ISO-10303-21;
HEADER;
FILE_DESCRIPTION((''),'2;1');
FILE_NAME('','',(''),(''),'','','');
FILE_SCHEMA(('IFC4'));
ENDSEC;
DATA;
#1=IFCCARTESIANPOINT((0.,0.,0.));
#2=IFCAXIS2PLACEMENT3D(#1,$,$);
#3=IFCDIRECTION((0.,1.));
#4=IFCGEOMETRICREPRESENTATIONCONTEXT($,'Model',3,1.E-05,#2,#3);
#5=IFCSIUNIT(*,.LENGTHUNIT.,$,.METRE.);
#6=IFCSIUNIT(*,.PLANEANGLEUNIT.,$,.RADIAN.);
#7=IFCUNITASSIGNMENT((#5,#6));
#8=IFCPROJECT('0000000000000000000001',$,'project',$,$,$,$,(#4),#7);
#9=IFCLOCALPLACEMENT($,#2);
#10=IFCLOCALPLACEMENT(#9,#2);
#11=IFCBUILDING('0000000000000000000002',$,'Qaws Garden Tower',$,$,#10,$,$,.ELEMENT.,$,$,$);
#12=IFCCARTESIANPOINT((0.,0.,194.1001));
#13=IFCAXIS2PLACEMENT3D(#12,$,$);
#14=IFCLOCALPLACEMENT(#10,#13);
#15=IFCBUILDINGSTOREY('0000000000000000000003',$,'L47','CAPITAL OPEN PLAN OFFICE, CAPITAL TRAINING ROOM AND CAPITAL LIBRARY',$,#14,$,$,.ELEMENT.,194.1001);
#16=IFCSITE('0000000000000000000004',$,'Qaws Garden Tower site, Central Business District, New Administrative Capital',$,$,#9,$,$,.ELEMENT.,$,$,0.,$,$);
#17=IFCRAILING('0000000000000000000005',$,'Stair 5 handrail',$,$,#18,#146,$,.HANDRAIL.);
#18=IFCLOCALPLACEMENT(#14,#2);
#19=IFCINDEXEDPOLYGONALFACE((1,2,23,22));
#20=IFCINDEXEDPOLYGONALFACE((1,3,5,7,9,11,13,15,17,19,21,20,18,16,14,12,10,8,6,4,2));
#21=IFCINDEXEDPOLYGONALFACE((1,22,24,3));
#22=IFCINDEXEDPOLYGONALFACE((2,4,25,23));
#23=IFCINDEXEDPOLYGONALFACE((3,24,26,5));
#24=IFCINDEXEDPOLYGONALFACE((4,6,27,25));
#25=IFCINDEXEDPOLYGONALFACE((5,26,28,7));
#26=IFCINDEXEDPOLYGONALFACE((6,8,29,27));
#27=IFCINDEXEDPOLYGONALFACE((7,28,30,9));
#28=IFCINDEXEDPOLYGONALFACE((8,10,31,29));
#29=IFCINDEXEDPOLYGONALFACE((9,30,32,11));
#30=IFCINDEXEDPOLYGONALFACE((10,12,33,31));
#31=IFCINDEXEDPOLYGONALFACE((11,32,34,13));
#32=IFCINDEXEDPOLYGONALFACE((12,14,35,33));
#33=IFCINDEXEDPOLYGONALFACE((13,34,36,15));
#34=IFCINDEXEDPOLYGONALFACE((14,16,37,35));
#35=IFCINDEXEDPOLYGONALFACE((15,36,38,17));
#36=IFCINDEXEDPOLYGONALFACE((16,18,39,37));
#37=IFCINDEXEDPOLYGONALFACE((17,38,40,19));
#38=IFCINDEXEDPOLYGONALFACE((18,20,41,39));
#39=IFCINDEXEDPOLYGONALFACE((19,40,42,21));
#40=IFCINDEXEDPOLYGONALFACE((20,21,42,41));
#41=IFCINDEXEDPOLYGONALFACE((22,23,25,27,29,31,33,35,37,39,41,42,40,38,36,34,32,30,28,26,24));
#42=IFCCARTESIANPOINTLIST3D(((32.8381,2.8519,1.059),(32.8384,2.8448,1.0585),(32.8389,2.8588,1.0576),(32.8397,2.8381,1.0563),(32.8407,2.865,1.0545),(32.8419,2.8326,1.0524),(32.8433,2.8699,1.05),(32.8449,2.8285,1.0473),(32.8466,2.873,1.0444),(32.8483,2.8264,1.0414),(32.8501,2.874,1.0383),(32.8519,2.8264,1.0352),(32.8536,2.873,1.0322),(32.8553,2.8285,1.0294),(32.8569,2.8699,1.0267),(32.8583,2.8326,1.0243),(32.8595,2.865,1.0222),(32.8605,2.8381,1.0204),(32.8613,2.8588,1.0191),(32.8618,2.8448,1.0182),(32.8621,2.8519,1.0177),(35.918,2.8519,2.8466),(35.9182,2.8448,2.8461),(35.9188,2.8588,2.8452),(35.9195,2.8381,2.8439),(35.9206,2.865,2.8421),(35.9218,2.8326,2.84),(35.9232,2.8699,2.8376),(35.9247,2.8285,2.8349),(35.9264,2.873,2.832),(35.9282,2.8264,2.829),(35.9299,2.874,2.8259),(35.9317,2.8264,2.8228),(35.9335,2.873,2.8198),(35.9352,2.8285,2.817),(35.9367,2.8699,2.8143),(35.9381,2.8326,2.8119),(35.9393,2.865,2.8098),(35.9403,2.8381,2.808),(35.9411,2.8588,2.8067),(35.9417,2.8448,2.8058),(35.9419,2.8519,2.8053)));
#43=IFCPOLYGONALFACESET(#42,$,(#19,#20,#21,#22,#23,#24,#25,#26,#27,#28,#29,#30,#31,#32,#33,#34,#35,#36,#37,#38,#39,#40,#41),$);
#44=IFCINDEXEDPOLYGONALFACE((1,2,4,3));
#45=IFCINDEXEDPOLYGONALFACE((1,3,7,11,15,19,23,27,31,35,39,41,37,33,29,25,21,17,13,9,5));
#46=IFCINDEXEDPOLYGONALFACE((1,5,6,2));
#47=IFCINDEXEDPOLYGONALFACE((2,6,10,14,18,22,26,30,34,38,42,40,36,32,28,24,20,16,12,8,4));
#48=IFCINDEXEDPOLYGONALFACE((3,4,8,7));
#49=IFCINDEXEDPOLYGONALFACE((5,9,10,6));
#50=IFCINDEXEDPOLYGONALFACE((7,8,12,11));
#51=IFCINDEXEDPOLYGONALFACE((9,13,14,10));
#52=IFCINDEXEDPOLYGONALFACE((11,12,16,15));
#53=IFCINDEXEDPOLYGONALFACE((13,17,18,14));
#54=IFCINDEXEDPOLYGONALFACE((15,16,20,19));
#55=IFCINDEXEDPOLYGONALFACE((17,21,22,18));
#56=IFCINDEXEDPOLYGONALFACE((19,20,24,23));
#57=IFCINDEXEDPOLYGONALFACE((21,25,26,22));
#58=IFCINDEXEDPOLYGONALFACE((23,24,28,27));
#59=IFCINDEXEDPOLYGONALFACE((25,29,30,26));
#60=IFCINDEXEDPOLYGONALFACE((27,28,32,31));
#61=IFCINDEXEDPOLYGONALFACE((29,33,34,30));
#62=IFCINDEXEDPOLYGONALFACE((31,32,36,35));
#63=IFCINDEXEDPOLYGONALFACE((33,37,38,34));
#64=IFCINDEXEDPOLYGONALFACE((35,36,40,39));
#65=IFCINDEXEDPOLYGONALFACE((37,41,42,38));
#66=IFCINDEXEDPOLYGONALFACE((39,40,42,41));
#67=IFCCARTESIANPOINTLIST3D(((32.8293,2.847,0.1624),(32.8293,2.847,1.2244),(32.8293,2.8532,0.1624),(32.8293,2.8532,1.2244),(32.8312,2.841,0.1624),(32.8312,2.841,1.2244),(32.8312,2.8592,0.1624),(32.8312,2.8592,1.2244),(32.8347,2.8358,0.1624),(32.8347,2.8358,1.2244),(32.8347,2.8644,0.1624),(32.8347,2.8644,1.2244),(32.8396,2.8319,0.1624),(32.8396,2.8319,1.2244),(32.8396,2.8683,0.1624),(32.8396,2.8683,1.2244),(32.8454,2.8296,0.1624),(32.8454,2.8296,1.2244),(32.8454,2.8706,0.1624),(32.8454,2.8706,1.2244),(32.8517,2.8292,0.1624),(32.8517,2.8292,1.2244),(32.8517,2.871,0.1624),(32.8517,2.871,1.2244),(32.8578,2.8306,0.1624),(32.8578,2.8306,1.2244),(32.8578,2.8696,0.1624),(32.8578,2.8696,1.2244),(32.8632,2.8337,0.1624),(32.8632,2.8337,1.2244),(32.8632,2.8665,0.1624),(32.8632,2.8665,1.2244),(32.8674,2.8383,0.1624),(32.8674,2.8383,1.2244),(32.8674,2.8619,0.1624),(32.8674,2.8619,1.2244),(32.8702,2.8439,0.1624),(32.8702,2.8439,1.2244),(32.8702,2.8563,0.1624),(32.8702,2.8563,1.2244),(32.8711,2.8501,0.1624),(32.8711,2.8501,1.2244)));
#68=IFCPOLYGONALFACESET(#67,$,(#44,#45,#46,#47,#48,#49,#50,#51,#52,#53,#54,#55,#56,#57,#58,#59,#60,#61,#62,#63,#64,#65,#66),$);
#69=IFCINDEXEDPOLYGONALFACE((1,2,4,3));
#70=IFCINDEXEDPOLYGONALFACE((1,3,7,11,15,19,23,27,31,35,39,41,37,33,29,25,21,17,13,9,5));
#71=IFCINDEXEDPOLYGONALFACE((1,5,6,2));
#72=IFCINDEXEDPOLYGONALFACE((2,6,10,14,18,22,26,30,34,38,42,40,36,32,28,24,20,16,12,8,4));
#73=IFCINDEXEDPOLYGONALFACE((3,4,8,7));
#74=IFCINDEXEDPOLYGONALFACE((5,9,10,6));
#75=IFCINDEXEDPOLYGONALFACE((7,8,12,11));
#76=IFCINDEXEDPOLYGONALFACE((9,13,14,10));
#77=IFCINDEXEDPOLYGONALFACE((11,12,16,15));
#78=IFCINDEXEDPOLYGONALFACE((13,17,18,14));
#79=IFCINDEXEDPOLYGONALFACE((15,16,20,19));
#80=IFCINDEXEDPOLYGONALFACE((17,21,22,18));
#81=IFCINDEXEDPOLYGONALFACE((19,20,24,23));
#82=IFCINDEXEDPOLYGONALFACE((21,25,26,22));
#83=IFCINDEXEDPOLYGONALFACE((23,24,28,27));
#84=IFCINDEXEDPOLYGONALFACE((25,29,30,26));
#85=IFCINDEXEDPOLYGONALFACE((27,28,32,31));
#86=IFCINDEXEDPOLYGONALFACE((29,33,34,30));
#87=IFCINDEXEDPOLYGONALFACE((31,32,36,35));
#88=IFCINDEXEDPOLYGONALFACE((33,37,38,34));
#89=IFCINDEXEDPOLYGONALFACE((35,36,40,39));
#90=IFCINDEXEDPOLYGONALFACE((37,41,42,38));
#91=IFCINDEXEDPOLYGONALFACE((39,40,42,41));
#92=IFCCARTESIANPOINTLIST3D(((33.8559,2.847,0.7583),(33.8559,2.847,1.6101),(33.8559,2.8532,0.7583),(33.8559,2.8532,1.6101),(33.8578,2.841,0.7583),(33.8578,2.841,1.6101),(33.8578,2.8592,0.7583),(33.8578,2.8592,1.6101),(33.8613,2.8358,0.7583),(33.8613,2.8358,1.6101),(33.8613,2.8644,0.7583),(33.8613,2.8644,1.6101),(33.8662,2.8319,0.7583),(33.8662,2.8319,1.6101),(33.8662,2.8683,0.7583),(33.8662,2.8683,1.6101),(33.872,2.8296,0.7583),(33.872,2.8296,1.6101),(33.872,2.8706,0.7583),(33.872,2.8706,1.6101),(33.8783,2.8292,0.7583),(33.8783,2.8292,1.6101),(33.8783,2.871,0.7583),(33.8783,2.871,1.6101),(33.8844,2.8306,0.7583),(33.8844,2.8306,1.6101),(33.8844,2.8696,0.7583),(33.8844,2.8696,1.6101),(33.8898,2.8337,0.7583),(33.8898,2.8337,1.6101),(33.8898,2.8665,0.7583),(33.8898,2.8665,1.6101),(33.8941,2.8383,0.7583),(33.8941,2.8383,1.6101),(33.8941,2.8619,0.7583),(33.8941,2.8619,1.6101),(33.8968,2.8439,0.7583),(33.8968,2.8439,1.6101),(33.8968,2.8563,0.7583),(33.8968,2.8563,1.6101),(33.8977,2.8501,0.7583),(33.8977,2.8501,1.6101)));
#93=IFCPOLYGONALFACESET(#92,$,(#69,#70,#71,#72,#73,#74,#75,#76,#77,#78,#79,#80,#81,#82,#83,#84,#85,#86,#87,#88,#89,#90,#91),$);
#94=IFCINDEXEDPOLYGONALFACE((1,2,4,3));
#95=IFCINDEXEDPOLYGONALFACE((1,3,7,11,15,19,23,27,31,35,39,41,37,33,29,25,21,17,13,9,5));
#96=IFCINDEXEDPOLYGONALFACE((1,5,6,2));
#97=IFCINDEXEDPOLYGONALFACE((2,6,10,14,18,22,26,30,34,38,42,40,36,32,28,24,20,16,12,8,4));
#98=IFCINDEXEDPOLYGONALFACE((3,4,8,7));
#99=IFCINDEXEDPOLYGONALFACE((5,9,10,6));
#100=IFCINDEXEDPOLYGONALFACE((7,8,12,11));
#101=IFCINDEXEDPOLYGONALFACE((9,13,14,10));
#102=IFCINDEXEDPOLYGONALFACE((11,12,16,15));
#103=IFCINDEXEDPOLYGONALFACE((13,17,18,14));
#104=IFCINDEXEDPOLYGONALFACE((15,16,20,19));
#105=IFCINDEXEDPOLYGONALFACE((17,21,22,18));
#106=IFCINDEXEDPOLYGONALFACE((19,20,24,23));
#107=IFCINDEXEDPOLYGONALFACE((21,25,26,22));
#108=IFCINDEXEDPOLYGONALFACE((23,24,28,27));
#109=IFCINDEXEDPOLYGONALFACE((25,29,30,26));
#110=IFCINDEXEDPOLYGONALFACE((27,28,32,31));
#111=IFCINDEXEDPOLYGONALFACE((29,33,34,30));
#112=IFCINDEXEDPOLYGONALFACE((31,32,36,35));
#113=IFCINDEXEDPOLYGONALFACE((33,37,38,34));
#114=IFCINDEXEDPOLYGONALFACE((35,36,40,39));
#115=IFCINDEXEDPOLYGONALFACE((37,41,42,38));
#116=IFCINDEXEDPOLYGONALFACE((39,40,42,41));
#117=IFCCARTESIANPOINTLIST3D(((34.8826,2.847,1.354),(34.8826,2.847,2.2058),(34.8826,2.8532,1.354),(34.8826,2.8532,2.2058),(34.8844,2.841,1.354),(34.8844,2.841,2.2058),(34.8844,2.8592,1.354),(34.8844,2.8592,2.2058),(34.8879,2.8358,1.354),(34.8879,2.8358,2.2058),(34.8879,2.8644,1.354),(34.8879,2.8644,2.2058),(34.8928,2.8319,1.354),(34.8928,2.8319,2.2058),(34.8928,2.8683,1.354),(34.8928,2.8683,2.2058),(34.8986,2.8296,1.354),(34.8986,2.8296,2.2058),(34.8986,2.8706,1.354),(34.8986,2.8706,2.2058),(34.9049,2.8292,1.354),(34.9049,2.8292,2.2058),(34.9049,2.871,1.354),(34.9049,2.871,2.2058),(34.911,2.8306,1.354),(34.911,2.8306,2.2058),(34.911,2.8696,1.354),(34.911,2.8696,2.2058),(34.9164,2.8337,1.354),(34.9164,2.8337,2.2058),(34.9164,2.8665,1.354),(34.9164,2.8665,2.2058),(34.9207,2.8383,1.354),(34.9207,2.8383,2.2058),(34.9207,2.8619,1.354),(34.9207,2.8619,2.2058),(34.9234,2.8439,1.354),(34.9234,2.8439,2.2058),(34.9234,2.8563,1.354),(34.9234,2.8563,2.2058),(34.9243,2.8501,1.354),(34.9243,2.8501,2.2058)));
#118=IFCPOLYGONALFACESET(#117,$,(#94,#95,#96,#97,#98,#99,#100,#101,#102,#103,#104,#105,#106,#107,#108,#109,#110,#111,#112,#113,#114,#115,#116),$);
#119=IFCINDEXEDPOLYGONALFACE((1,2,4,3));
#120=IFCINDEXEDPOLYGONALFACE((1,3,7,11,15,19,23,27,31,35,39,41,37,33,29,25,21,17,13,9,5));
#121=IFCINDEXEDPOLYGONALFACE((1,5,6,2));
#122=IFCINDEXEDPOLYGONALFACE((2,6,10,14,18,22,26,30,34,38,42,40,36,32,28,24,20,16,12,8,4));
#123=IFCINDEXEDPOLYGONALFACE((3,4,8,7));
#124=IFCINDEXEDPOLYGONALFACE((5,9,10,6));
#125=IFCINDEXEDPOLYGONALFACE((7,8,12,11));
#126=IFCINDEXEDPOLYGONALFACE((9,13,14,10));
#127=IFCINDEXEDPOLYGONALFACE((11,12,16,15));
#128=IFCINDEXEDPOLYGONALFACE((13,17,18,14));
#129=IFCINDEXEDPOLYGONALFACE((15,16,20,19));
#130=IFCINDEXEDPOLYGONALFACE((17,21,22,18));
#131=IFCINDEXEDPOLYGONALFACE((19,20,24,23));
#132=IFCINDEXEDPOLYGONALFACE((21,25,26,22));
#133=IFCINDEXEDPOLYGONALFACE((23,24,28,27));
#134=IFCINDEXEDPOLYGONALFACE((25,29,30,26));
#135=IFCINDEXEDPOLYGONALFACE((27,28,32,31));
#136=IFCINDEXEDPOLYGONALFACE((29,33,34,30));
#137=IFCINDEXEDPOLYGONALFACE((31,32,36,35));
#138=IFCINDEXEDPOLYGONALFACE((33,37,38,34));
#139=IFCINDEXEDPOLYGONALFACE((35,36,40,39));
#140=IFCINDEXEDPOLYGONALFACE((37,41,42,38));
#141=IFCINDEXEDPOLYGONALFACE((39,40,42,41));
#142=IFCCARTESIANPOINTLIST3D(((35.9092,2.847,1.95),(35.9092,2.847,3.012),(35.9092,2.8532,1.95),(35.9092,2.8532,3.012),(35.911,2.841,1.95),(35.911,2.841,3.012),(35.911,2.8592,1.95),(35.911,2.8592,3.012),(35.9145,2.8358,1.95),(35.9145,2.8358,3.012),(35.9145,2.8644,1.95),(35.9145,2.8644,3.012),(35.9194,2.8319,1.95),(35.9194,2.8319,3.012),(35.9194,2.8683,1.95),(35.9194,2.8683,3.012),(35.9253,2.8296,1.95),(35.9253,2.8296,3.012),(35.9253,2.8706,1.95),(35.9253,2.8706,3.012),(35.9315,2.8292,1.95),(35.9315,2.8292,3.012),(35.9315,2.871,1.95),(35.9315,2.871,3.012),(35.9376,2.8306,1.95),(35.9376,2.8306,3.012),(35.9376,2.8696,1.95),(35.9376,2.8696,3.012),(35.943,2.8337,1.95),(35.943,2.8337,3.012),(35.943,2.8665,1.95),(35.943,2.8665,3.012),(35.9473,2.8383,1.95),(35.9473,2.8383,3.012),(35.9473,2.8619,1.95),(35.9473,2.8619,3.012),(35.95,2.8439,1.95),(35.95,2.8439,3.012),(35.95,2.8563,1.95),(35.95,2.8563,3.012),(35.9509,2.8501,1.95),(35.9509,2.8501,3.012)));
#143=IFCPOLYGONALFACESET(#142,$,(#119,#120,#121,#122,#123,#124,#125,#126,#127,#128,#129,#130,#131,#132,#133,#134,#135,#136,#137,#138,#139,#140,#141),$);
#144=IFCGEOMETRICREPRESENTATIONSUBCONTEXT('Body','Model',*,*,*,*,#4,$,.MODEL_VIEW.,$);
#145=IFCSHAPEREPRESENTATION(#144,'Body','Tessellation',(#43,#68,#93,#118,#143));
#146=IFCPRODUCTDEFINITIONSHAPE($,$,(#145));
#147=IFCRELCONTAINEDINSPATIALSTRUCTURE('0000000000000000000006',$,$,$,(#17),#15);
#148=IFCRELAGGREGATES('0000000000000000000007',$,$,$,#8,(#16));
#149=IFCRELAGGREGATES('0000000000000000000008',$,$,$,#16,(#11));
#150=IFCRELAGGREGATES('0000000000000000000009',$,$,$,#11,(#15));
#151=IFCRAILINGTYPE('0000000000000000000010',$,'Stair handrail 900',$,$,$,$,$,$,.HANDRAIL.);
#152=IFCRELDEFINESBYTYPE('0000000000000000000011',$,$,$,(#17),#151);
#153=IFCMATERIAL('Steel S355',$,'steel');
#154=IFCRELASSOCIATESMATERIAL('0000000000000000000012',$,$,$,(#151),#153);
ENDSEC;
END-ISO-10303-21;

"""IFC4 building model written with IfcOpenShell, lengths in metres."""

from ifc_helpers import new_model, si_unit, direction, frame, origin, origin_2d, place, context, subcontext, project, spatial, circle, extrude, material, type_object, element, save


model = new_model("IFC4")

# Units and contexts
model_context = context("Model", 3, precision=1e-05, world=origin(), true_north=direction((0.0, 1.0)))
body_context = subcontext(model_context, "Body", "Model", "MODEL_VIEW")
ifc_project = project(units=[si_unit("LENGTHUNIT", "METRE"), si_unit("PLANEANGLEUNIT", "RADIAN")], contexts=[model_context])

# Site, building, storey
site_placement = place(None, origin())
site = spatial("IfcSite", under=ifc_project, at=site_placement, Name="Qaws Garden Tower site, Central Business District, New Administrative Capital", CompositionType="ELEMENT", RefElevation=0.0)
building_placement = place(site_placement, origin())
building = spatial("IfcBuilding", under=site, at=building_placement, Name="Qaws Garden Tower", CompositionType="ELEMENT")
storey_placement = place(building_placement, frame((0.0, 0.0, 194.1001)))
storey = spatial("IfcBuildingStorey", under=building, at=storey_placement, Name="L47", Description="CAPITAL OPEN PLAN OFFICE, CAPITAL TRAINING ROOM AND CAPITAL LIBRARY", CompositionType="ELEMENT", Elevation=194.1001)

# Railing
ifc_material_1 = material(Name="Steel S355", Category="steel")
railing_type = type_object("IfcRailingType", Name="Stair handrail 900", PredefinedType="HANDRAIL", material=ifc_material_1)
railing_1_placement = place(storey_placement, frame((32.8501, 2.8501, 0.1624)))
element("IfcRailing", 1, at=railing_1_placement, inside=storey, type_object=railing_type, Name="Stair 5 handrail", PredefinedType="HANDRAIL", context=body_context, shape_type="SweptSolid", body=[
    extrude(circle(Radius=0.0239, at=origin_2d()), frame((0.0, 0.0, 0.876), z_axis=(0.864873, 0.0, 0.50199), x_axis=(0.0, 1.0, 0.0)), (0.0, 0.0, 1.0), 3.561),
    extrude(circle(Radius=0.021, at=origin_2d()), origin(), (0.0, 0.0, 1.0), 1.062),
    extrude(circle(Radius=0.021, at=origin_2d()), frame((1.0266, 0.0, 0.5959)), (0.0, 0.0, 1.0), 0.8518),
    extrude(circle(Radius=0.021, at=origin_2d()), frame((2.0532, 0.0, 1.1917)), (0.0, 0.0, 1.0), 0.8518),
    extrude(circle(Radius=0.021, at=origin_2d()), frame((3.0798, 0.0, 1.7876)), (0.0, 0.0, 1.0), 1.062),
])

save(model, "model.ifc")
